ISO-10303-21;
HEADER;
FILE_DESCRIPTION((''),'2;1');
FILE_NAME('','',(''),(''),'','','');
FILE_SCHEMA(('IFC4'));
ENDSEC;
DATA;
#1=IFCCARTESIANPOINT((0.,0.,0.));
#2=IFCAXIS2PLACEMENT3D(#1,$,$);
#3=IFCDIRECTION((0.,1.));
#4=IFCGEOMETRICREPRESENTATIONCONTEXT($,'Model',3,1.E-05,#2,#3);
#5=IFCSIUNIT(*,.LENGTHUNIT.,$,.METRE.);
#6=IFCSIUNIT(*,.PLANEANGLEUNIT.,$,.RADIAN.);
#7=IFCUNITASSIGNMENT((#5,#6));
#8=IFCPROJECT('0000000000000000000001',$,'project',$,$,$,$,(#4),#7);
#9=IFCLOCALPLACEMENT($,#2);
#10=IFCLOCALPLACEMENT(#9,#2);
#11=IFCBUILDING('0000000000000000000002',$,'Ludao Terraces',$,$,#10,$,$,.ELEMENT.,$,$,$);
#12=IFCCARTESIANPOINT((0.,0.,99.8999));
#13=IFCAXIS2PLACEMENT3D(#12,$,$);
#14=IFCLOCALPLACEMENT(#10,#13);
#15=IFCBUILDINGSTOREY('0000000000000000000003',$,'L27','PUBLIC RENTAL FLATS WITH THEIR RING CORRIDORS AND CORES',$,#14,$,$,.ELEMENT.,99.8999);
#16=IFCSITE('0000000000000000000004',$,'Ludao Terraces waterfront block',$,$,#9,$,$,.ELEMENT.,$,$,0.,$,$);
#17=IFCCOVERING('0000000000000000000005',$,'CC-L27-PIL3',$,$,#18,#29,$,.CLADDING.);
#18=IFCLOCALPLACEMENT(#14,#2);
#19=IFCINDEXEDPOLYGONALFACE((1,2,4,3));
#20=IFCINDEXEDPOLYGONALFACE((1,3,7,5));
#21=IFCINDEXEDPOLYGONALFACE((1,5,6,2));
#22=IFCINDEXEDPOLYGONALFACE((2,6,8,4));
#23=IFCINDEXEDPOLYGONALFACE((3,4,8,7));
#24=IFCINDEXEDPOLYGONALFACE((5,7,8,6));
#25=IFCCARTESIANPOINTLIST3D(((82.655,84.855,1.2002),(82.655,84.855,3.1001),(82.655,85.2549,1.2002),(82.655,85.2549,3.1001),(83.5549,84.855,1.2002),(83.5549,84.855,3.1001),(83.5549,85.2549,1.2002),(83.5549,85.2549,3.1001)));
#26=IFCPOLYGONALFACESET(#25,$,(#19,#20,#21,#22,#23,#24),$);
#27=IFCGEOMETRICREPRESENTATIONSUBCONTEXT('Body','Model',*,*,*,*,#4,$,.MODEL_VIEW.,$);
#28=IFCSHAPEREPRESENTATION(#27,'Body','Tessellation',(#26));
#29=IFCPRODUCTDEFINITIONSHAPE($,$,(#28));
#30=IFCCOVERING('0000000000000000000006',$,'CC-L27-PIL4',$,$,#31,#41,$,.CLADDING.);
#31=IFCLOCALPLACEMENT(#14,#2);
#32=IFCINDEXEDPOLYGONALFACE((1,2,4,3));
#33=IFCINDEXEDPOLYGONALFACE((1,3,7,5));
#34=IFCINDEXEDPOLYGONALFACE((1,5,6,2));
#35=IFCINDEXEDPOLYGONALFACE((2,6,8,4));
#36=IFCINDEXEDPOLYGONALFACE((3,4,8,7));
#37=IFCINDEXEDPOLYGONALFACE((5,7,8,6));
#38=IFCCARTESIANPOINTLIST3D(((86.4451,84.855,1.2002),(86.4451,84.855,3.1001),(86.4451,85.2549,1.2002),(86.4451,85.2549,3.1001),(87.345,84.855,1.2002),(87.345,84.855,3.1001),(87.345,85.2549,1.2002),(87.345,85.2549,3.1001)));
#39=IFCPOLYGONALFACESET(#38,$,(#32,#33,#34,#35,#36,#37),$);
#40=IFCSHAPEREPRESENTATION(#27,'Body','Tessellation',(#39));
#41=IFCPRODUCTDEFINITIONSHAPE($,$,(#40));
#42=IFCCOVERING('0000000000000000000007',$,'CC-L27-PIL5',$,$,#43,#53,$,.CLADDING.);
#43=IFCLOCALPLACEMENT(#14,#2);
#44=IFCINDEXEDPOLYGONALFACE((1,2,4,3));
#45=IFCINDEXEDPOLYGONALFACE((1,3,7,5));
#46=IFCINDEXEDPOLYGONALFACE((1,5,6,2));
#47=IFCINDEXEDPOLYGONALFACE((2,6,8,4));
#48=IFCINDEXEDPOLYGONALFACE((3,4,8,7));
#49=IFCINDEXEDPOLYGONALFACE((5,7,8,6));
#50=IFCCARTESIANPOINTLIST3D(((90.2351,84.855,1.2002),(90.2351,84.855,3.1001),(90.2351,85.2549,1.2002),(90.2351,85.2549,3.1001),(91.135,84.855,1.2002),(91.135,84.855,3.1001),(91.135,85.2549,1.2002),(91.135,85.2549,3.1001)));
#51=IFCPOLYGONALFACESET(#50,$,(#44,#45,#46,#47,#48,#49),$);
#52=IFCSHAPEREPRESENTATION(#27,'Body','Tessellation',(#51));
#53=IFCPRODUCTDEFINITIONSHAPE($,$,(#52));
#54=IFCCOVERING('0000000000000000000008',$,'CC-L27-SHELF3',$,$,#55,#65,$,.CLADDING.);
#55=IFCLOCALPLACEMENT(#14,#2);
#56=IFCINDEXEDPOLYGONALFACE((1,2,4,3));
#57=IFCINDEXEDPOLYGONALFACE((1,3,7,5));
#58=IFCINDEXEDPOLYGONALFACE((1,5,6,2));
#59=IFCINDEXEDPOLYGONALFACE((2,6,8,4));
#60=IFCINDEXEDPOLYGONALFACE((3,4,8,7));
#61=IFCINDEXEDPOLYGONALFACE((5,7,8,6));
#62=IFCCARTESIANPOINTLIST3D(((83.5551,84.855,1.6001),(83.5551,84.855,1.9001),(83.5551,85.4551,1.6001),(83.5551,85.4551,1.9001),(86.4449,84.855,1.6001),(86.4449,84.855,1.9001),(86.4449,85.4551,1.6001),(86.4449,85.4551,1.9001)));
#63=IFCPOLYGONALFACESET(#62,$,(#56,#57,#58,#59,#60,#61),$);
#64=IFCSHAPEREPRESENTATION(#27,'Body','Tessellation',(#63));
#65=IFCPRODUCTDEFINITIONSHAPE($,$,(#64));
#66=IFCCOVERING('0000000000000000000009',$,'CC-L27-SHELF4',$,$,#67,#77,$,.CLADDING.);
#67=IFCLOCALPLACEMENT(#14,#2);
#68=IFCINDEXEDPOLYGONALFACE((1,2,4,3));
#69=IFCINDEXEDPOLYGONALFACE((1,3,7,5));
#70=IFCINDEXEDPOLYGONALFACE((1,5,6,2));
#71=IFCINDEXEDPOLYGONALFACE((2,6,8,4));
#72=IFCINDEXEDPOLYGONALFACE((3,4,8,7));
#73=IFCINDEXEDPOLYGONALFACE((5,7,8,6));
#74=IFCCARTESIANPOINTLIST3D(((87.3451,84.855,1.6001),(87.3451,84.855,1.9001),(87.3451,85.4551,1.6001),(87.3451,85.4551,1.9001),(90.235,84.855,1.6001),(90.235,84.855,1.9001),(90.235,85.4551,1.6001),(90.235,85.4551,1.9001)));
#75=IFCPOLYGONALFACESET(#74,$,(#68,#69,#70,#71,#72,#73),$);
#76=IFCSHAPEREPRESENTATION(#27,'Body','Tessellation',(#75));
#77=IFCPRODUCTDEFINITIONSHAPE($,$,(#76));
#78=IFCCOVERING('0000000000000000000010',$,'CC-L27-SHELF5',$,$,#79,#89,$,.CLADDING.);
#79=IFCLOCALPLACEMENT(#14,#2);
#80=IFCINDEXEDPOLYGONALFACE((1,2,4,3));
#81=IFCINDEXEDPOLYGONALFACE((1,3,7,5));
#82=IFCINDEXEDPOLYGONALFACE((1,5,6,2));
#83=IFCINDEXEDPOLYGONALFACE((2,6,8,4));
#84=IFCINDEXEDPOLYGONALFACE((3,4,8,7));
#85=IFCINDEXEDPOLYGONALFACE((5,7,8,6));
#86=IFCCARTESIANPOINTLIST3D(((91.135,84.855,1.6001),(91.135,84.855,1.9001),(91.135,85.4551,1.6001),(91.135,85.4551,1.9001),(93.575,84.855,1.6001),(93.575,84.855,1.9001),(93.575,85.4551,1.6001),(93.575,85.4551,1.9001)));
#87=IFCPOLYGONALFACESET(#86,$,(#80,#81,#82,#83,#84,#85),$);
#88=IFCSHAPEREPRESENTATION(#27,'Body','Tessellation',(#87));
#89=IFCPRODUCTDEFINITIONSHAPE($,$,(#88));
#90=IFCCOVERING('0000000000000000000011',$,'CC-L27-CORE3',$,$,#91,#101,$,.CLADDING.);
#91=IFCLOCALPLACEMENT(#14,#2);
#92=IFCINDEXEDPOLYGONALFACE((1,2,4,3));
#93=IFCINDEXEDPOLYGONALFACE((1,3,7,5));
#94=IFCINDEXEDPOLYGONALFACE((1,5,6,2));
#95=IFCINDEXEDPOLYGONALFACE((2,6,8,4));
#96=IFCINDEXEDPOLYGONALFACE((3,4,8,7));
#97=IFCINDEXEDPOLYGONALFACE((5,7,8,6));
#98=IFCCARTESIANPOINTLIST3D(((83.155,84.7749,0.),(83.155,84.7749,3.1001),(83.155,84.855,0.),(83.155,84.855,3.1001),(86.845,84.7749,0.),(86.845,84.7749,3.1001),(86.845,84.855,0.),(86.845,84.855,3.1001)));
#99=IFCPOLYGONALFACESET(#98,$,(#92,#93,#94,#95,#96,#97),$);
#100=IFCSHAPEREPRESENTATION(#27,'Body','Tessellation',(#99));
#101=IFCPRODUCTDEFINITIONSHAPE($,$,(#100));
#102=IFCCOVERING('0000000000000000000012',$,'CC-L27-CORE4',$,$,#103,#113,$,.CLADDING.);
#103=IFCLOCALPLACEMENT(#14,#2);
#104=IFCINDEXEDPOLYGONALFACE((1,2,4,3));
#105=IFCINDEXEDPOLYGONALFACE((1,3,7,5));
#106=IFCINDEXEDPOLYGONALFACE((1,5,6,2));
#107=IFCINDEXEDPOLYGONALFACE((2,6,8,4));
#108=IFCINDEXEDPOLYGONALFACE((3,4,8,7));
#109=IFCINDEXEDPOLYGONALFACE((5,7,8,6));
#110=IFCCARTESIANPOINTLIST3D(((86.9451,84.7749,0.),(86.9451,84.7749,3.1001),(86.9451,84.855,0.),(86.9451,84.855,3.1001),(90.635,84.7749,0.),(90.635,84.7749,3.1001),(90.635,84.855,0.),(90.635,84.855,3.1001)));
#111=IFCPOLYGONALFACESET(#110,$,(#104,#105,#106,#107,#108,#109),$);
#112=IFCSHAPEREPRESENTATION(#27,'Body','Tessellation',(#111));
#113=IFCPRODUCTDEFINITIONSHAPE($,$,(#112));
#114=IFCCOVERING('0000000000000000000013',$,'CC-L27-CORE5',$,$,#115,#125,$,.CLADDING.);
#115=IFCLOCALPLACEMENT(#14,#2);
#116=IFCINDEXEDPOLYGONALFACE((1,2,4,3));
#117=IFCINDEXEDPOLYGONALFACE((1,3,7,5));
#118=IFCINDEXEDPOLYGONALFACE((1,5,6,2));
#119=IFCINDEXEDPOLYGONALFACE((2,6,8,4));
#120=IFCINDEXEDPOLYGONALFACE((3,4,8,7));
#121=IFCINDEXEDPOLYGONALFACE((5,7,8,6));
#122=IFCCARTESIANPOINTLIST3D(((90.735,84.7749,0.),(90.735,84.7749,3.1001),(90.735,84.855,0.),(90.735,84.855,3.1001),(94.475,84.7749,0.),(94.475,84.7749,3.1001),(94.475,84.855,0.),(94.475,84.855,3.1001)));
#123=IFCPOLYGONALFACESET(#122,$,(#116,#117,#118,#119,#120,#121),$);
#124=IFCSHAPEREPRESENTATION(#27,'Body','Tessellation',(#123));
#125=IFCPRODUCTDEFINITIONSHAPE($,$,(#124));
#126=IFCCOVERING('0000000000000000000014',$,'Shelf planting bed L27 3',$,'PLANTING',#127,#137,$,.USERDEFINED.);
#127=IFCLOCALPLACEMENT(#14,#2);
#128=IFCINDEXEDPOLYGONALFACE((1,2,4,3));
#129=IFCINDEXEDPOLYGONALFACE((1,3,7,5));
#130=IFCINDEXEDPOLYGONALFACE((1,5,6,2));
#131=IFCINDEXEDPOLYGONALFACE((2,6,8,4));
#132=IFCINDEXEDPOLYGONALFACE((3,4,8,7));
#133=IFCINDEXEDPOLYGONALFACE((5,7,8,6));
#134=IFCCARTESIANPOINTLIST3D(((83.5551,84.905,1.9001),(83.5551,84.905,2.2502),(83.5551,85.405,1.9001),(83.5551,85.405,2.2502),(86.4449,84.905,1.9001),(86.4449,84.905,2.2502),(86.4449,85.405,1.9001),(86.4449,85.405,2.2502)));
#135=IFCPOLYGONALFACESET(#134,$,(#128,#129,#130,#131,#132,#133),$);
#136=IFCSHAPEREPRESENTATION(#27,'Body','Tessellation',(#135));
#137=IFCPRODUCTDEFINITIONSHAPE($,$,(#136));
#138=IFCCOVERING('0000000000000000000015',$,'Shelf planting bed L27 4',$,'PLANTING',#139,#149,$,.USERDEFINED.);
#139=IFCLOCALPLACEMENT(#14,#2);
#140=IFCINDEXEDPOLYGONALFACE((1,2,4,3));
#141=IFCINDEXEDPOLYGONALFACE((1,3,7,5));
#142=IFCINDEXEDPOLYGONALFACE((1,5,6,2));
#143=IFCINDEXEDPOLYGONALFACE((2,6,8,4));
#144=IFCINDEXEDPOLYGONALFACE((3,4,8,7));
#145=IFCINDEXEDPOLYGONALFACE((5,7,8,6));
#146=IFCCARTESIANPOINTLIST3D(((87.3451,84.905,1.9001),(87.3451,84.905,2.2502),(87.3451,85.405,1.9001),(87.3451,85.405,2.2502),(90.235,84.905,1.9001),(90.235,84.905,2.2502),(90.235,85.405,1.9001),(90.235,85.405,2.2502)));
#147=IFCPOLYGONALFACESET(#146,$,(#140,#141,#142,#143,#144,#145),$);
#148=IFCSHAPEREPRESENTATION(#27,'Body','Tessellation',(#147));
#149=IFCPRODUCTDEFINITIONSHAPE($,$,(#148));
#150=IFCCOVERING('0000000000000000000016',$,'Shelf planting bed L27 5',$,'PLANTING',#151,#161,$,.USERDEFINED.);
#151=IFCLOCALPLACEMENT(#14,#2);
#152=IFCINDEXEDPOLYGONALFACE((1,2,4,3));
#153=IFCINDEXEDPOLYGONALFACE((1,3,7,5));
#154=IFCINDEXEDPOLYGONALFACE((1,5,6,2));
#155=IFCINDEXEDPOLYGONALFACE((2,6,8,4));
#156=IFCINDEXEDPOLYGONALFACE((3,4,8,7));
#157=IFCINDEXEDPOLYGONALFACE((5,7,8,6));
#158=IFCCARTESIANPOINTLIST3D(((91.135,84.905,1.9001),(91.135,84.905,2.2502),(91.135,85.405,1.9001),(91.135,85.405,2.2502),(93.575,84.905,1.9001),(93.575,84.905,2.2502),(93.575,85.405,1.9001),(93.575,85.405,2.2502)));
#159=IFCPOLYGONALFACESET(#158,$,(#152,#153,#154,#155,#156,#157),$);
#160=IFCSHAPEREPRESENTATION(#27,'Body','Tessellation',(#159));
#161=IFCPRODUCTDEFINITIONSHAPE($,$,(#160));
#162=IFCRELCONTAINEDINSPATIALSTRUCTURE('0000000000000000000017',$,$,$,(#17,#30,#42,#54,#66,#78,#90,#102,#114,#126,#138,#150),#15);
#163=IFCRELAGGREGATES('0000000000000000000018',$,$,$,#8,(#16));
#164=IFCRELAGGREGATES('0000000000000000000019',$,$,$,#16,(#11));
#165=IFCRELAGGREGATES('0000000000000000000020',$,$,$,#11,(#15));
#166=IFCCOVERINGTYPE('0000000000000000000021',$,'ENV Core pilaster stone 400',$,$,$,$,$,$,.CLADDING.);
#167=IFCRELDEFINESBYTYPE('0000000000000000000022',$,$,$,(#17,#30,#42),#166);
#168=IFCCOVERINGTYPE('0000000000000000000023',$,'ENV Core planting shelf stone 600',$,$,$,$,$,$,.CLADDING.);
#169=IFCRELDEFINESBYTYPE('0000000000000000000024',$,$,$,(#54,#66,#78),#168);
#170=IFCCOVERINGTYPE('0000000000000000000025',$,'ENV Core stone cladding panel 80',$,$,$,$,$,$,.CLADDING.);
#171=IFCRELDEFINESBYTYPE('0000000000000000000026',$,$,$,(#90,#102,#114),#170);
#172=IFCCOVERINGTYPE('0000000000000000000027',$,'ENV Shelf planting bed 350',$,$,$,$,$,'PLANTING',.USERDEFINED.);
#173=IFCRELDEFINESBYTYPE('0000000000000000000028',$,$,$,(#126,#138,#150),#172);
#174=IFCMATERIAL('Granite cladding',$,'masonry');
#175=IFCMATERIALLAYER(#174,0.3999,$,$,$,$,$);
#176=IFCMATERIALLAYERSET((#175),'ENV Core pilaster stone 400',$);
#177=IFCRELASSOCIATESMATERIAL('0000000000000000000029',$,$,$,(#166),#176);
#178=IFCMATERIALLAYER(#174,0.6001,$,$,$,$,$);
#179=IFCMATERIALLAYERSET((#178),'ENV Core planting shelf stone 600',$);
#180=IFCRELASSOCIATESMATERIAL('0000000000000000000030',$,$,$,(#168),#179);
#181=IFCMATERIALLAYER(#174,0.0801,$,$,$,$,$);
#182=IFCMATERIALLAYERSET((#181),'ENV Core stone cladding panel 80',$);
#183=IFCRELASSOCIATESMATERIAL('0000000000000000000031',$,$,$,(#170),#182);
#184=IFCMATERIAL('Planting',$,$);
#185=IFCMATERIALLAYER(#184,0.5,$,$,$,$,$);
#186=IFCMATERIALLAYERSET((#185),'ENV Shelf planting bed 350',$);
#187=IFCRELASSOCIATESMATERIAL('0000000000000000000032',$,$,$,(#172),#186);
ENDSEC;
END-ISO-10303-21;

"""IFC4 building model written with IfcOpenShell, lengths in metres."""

from ifc_helpers import new_model, si_unit, direction, frame, origin, origin_2d, place, context, subcontext, project, spatial, rectangle, extrude, material, layer, layer_set, type_object, element, save


model = new_model("IFC4")

# Units and contexts
model_context = context("Model", 3, precision=1e-05, world=origin(), true_north=direction((0.0, 1.0)))
body_context = subcontext(model_context, "Body", "Model", "MODEL_VIEW")
ifc_project = project(units=[si_unit("LENGTHUNIT", "METRE"), si_unit("PLANEANGLEUNIT", "RADIAN")], contexts=[model_context])

# Site, building, storey
site_placement = place(None, origin())
site = spatial("IfcSite", under=ifc_project, at=site_placement, Name="Ludao Terraces waterfront block", CompositionType="ELEMENT", RefElevation=0.0)
building_placement = place(site_placement, origin())
building = spatial("IfcBuilding", under=site, at=building_placement, Name="Ludao Terraces", CompositionType="ELEMENT")
storey_placement = place(building_placement, frame((0.0, 0.0, 99.8999)))
storey = spatial("IfcBuildingStorey", under=building, at=storey_placement, Name="L27", Description="PUBLIC RENTAL FLATS WITH THEIR RING CORRIDORS AND CORES", CompositionType="ELEMENT", Elevation=99.8999)

# Coverings
ifc_material_1 = material(Name="Granite cladding", Category="masonry")
ifc_layer_1 = layer(ifc_material_1, 0.3999)
ifc_layer_set_1 = layer_set([ifc_layer_1], Name="ENV Core pilaster stone 400")
covering_type_1 = type_object("IfcCoveringType", Name="ENV Core pilaster stone 400", PredefinedType="CLADDING", material=ifc_layer_set_1)
for number, where, z_axis, x_axis, name in (
    (1, (83.105, 85.0549, 1.2002), (0.0, 0.0, 1.0), (1.0, 0.0, 0.0), "CC-L27-PIL3"),
    (2, (86.895, 85.0549, 1.2002), (0.0, 0.0, 1.0), (1.0, 0.0, 0.0), "CC-L27-PIL4"),
    (3, (90.6851, 85.0549, 1.2002), (0.0, 0.0, 1.0), (1.0, 0.0, 0.0), "CC-L27-PIL5"),
):
    element("IfcCovering", number, at=place(storey_placement, frame(where, z_axis=z_axis, x_axis=x_axis)), inside=storey, type_object=covering_type_1, Name=name, PredefinedType="CLADDING", context=body_context, shape_type="SweptSolid", body=[
        extrude(rectangle(XDim=0.8999, YDim=0.3999, at=origin_2d()), origin(), (0.0, 0.0, 1.0), 1.8999),
    ])
ifc_layer_2 = layer(ifc_material_1, 0.6001)
ifc_layer_set_2 = layer_set([ifc_layer_2], Name="ENV Core planting shelf stone 600")
covering_type_2 = type_object("IfcCoveringType", Name="ENV Core planting shelf stone 600", PredefinedType="CLADDING", material=ifc_layer_set_2)
for number, where, z_axis, x_axis, name in (
    (4, (85.0, 85.155, 1.6001), (0.0, 0.0, 1.0), (1.0, 0.0, 0.0), "CC-L27-SHELF3"),
    (5, (88.79, 85.155, 1.6001), (0.0, 0.0, 1.0), (1.0, 0.0, 0.0), "CC-L27-SHELF4"),
):
    element("IfcCovering", number, at=place(storey_placement, frame(where, z_axis=z_axis, x_axis=x_axis)), inside=storey, type_object=covering_type_2, Name=name, PredefinedType="CLADDING", context=body_context, shape_type="SweptSolid", body=[
        extrude(rectangle(XDim=2.8899, YDim=0.6001, at=origin_2d()), origin(), (0.0, 0.0, 1.0), 0.3),
    ])
covering_1_placement = place(storey_placement, frame((92.355, 85.155, 1.6001), z_axis=(0.0, 0.0, 1.0), x_axis=(1.0, 0.0, 0.0)))
element("IfcCovering", 6, at=covering_1_placement, inside=storey, type_object=covering_type_2, Name="CC-L27-SHELF5", PredefinedType="CLADDING", context=body_context, shape_type="SweptSolid", body=[
    extrude(rectangle(XDim=2.4399, YDim=0.6001, at=origin_2d()), origin(), (0.0, 0.0, 1.0), 0.3),
])
ifc_layer_3 = layer(ifc_material_1, 0.0801)
ifc_layer_set_3 = layer_set([ifc_layer_3], Name="ENV Core stone cladding panel 80")
covering_type_3 = type_object("IfcCoveringType", Name="ENV Core stone cladding panel 80", PredefinedType="CLADDING", material=ifc_layer_set_3)
for number, where, z_axis, x_axis, name in (
    (7, (85.0, 84.8149, 0.0), (0.0, 0.0, 1.0), (1.0, 0.0, 0.0), "CC-L27-CORE3"),
    (8, (88.79, 84.8149, 0.0), (0.0, 0.0, 1.0), (1.0, 0.0, 0.0), "CC-L27-CORE4"),
):
    element("IfcCovering", number, at=place(storey_placement, frame(where, z_axis=z_axis, x_axis=x_axis)), inside=storey, type_object=covering_type_3, Name=name, PredefinedType="CLADDING", context=body_context, shape_type="SweptSolid", body=[
        extrude(rectangle(XDim=3.6899, YDim=0.0801, at=origin_2d()), origin(), (0.0, 0.0, 1.0), 3.1001),
    ])
covering_2_placement = place(storey_placement, frame((92.605, 84.8149, 0.0), z_axis=(0.0, 0.0, 1.0), x_axis=(1.0, 0.0, 0.0)))
element("IfcCovering", 9, at=covering_2_placement, inside=storey, type_object=covering_type_3, Name="CC-L27-CORE5", PredefinedType="CLADDING", context=body_context, shape_type="SweptSolid", body=[
    extrude(rectangle(XDim=3.74, YDim=0.0801, at=origin_2d()), origin(), (0.0, 0.0, 1.0), 3.1001),
])
ifc_material_2 = material(Name="Planting")
ifc_layer_4 = layer(ifc_material_2, 0.5)
ifc_layer_set_4 = layer_set([ifc_layer_4], Name="ENV Shelf planting bed 350")
covering_type_4 = type_object("IfcCoveringType", Name="ENV Shelf planting bed 350", ElementType="PLANTING", PredefinedType="USERDEFINED", material=ifc_layer_set_4)
for number, where, z_axis, x_axis, name in (
    (10, (85.0, 85.155, 1.9001), (0.0, 0.0, 1.0), (1.0, 0.0, 0.0), "Shelf planting bed L27 3"),
    (11, (88.79, 85.155, 1.9001), (0.0, 0.0, 1.0), (1.0, 0.0, 0.0), "Shelf planting bed L27 4"),
):
    element("IfcCovering", number, at=place(storey_placement, frame(where, z_axis=z_axis, x_axis=x_axis)), inside=storey, type_object=covering_type_4, Name=name, ObjectType="PLANTING", PredefinedType="USERDEFINED", context=body_context, shape_type="SweptSolid", body=[
        extrude(rectangle(XDim=2.8899, YDim=0.5, at=origin_2d()), origin(), (0.0, 0.0, 1.0), 0.3501),
    ])
covering_3_placement = place(storey_placement, frame((92.355, 85.155, 1.9001), z_axis=(0.0, 0.0, 1.0), x_axis=(1.0, 0.0, 0.0)))
element("IfcCovering", 12, at=covering_3_placement, inside=storey, type_object=covering_type_4, Name="Shelf planting bed L27 5", ObjectType="PLANTING", PredefinedType="USERDEFINED", context=body_context, shape_type="SweptSolid", body=[
    extrude(rectangle(XDim=2.4399, YDim=0.5, at=origin_2d()), origin(), (0.0, 0.0, 1.0), 0.3501),
])

save(model, "model.ifc")
